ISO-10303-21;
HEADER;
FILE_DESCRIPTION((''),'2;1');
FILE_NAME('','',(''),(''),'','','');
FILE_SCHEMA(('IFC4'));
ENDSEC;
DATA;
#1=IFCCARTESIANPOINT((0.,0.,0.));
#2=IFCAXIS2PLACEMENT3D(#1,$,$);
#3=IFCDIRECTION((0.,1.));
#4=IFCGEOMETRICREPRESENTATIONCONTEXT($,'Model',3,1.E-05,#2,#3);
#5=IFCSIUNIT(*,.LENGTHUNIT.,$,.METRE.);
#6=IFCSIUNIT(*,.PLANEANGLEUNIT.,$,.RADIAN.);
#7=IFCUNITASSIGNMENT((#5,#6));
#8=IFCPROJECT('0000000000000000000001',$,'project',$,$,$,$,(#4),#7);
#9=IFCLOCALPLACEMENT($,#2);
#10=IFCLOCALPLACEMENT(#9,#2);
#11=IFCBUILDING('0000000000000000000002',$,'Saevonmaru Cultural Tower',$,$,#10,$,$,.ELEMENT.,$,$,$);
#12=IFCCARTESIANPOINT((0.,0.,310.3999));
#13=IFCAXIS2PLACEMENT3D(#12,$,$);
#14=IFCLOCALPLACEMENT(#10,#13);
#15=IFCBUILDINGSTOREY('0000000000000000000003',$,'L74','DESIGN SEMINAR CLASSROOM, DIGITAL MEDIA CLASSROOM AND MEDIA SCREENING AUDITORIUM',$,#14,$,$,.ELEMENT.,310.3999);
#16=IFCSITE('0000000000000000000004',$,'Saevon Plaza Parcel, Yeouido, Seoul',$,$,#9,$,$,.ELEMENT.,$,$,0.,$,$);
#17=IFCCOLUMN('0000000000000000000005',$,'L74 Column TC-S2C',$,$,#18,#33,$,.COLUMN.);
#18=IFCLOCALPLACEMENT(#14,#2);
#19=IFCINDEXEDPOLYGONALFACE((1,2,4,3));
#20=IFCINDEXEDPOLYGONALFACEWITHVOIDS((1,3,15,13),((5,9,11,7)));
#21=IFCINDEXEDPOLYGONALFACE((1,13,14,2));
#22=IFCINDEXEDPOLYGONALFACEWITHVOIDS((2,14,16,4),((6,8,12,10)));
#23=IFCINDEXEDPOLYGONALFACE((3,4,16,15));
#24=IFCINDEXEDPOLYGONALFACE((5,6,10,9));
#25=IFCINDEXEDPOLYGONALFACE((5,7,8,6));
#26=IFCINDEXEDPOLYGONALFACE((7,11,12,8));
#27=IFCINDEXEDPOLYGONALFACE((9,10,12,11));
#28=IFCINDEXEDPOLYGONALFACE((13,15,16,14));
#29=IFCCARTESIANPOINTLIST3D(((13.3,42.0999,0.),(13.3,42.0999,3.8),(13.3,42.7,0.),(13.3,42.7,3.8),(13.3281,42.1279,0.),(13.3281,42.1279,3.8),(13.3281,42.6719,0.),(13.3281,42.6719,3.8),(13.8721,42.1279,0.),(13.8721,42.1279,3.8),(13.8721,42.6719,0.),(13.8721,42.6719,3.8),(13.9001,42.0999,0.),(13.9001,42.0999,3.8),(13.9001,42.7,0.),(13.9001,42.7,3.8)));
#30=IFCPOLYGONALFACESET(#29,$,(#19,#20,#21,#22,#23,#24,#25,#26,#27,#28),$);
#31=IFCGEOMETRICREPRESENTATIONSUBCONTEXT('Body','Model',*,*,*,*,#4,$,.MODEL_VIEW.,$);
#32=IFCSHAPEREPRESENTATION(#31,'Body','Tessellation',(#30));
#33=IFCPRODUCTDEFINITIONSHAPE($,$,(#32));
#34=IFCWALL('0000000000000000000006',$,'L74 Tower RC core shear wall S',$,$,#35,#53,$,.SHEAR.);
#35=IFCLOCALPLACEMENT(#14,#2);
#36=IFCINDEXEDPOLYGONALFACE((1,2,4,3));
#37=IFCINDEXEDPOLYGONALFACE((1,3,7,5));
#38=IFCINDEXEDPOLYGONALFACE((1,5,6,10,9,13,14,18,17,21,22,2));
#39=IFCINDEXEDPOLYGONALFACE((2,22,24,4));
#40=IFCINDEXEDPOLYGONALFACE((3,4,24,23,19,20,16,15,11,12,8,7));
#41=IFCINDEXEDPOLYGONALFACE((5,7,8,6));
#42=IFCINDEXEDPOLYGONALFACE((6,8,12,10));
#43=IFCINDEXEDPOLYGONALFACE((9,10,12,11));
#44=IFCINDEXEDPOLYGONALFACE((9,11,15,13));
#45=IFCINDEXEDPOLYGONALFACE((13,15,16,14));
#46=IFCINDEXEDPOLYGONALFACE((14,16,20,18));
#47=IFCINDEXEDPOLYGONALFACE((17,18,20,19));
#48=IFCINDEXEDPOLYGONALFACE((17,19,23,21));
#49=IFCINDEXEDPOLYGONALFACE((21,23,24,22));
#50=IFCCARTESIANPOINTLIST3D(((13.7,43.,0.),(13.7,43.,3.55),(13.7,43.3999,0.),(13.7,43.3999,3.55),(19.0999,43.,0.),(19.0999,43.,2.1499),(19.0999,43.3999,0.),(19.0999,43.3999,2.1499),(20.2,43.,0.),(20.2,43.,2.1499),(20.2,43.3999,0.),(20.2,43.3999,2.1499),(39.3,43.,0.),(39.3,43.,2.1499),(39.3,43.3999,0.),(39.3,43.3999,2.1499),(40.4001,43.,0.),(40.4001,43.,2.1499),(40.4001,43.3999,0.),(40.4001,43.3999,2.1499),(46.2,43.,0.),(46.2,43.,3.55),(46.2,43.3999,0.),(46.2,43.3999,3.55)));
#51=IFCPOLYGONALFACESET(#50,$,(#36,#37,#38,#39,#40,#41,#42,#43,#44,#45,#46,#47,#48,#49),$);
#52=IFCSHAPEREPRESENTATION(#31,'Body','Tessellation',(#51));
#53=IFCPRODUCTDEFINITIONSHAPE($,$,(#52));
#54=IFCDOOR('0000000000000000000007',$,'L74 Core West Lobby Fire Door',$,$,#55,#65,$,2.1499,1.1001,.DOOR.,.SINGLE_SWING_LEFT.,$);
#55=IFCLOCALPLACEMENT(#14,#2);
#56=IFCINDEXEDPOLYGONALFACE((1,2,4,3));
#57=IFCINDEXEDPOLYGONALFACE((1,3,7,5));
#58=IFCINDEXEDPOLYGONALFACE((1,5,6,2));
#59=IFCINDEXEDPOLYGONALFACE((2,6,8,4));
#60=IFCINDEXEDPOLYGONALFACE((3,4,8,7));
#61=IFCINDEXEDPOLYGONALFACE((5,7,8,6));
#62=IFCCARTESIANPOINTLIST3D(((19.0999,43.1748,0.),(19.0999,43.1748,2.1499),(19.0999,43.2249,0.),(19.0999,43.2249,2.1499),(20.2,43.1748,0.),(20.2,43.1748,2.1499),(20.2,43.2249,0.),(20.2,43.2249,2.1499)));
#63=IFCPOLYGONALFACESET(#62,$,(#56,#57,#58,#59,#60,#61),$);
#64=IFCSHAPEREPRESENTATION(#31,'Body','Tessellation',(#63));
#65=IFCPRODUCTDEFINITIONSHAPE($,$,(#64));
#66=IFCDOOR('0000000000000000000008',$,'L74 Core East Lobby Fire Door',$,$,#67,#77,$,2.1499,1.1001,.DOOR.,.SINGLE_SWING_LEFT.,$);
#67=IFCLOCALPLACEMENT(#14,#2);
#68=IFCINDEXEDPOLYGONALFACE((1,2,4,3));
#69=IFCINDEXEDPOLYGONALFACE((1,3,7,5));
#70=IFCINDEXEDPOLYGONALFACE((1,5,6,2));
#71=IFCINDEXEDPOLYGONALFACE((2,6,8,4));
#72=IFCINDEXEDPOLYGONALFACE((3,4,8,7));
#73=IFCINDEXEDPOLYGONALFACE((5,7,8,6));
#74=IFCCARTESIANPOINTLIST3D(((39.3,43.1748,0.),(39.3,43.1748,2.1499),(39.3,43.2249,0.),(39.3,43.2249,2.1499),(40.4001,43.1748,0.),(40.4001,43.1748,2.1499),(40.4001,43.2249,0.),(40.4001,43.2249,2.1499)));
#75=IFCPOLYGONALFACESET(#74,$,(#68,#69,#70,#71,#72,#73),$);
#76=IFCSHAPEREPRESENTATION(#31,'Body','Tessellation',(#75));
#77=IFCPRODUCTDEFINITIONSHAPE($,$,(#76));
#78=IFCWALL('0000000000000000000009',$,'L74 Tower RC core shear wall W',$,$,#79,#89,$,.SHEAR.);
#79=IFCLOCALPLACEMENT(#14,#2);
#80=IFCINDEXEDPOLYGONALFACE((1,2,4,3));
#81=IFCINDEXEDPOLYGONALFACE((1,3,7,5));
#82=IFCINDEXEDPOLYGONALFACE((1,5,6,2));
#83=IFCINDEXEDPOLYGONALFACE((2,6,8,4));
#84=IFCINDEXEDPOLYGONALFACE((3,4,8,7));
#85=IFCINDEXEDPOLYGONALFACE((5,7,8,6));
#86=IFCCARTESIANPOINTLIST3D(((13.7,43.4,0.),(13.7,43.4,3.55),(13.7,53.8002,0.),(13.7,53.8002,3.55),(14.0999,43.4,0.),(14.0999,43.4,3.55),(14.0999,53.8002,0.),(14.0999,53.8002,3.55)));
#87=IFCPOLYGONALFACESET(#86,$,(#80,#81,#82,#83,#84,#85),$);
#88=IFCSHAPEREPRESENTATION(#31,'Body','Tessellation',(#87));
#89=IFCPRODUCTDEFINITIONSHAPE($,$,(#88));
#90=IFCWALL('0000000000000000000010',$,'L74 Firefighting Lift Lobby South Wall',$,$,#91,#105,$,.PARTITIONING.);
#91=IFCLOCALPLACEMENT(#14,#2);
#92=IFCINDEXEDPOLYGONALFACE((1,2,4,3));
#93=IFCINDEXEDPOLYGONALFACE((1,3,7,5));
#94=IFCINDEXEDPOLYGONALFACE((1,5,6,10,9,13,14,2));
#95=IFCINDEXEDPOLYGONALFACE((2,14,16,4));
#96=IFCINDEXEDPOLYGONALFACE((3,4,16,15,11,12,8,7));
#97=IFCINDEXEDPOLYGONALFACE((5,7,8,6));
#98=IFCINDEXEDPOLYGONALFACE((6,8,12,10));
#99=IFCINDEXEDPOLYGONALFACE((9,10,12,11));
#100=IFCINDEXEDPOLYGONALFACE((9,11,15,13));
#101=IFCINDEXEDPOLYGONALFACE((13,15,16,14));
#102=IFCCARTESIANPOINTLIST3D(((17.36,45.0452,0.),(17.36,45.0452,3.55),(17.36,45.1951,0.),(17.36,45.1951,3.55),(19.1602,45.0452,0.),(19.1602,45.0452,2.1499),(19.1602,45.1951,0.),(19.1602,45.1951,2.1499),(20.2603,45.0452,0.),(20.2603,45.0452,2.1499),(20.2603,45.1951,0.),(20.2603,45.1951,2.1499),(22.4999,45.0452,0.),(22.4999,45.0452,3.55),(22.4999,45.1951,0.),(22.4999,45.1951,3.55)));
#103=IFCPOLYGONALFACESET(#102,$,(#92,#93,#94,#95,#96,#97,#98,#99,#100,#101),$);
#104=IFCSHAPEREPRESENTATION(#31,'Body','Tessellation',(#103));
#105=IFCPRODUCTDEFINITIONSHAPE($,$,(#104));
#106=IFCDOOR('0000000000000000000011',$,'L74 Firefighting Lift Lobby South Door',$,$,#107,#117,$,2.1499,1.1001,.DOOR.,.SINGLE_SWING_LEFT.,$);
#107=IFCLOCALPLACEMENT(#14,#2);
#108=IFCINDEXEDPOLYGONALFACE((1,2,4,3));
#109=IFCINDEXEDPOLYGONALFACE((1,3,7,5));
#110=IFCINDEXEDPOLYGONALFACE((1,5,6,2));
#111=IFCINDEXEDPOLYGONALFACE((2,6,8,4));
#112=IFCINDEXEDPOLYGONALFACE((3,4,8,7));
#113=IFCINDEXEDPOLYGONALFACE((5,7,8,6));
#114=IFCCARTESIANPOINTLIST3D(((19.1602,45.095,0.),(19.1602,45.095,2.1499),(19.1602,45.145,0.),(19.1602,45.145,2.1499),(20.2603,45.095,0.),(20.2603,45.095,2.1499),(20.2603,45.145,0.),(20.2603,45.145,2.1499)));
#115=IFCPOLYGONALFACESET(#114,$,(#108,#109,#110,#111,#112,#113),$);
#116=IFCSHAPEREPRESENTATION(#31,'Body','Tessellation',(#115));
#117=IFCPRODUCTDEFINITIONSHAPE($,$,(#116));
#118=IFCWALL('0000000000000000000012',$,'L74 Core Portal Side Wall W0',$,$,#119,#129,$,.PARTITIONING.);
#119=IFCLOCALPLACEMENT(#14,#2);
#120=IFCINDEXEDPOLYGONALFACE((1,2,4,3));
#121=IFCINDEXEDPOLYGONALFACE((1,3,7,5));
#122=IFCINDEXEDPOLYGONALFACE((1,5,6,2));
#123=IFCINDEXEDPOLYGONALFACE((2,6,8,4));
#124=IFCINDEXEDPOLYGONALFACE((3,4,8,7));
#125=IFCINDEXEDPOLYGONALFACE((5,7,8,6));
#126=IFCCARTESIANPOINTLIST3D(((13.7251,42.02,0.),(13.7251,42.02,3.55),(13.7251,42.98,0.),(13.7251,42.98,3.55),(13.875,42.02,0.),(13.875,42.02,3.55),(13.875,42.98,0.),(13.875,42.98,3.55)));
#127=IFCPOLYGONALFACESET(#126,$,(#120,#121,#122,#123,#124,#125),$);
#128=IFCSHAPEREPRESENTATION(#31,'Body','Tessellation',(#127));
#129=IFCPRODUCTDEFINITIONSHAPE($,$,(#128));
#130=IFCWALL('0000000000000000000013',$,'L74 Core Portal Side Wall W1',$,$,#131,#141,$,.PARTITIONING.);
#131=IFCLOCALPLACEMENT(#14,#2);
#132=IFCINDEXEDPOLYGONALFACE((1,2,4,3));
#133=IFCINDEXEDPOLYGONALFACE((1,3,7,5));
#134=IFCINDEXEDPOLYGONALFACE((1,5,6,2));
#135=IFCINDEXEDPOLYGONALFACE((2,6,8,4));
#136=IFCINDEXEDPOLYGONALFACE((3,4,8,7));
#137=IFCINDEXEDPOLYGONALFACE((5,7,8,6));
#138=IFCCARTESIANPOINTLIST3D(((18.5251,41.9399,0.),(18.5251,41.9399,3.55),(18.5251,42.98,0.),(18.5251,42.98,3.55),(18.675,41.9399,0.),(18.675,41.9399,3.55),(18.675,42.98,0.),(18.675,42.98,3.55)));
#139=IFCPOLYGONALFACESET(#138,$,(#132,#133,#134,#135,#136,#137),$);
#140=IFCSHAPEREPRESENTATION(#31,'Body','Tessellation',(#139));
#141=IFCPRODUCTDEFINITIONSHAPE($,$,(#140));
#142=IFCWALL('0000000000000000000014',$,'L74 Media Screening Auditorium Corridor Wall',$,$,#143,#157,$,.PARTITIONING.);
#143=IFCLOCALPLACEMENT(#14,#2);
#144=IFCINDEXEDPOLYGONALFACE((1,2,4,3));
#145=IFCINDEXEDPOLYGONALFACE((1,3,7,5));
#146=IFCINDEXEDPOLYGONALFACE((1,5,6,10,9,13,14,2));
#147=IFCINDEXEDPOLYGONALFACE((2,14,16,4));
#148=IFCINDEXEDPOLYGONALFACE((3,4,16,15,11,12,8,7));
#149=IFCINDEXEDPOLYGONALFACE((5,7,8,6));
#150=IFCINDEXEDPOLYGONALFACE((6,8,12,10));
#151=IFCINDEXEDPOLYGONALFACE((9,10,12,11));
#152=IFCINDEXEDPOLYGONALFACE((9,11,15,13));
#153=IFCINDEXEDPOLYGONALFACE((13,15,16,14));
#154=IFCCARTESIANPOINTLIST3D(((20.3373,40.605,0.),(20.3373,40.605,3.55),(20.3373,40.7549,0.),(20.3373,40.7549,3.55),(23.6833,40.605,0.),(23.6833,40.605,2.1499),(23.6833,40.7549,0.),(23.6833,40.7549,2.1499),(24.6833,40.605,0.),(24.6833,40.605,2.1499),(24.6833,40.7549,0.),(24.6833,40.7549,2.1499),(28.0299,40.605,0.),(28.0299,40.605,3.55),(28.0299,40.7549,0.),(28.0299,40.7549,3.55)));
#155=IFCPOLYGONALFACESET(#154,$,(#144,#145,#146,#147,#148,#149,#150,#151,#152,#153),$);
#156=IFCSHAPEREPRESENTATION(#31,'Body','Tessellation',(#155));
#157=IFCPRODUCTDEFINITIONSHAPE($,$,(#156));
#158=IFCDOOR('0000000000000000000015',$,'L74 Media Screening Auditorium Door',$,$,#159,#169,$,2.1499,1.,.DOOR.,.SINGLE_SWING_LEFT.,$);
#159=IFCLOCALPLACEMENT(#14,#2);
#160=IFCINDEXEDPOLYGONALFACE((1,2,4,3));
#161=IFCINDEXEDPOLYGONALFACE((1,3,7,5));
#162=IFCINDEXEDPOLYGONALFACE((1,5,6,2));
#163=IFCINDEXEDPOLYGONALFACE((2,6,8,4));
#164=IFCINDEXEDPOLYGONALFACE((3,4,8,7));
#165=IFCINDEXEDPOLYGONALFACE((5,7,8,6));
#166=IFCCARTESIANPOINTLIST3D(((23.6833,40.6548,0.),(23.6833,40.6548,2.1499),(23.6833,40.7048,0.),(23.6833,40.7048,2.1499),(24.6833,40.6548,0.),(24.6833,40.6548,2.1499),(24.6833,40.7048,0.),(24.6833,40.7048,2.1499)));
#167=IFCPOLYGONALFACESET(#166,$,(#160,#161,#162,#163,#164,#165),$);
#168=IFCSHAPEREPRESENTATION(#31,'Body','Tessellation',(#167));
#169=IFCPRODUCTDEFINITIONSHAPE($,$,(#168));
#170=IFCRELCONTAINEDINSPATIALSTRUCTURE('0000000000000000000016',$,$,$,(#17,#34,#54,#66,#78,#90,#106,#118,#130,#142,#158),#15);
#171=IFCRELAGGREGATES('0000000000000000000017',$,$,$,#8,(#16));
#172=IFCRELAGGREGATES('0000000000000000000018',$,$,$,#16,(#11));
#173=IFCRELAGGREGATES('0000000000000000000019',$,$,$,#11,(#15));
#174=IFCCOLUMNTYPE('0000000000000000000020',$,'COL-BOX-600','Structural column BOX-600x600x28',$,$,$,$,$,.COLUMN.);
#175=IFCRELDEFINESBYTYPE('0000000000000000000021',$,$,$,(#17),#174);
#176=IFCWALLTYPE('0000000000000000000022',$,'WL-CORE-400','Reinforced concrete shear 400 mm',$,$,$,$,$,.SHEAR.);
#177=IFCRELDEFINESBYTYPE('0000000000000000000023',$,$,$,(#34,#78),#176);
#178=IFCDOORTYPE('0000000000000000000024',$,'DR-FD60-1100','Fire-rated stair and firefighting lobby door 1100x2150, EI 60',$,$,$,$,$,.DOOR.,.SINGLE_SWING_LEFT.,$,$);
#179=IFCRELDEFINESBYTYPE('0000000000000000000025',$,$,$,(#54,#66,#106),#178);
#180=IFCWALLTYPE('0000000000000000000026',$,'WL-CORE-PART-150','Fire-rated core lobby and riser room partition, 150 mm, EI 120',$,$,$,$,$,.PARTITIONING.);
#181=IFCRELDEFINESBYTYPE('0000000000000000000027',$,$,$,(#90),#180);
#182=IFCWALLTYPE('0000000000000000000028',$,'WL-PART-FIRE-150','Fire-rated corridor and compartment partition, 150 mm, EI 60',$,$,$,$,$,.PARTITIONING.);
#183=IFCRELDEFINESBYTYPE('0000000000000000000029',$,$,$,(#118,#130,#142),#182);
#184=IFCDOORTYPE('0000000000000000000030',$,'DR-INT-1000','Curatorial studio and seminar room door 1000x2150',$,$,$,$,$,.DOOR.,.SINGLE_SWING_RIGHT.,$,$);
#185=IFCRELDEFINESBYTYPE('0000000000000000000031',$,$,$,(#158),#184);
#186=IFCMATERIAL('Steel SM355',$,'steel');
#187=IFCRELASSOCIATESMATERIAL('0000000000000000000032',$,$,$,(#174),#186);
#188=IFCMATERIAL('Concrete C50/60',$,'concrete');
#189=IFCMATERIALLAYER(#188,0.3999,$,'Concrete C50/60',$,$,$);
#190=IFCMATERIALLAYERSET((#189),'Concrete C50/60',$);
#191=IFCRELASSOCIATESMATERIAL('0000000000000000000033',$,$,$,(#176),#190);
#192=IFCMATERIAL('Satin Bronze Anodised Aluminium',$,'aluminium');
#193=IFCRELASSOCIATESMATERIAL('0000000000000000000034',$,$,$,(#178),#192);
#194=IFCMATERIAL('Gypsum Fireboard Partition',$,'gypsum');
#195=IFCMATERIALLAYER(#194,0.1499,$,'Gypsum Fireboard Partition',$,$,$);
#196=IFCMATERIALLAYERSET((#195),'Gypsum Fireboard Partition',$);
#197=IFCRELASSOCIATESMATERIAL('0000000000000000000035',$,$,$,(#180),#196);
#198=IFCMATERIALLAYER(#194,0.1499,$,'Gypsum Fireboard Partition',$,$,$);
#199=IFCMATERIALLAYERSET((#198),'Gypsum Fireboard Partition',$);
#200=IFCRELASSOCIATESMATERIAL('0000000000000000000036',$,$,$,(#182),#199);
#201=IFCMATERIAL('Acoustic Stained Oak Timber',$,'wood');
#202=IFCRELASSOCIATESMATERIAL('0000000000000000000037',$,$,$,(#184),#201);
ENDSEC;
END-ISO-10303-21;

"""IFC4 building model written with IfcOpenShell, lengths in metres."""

from ifc_helpers import new_model, si_unit, direction, frame, frame_2d, origin, origin_2d, place, context, subcontext, project, spatial, rectangle, hollow_rectangle, extrude, material, layer, layer_set, material_profile, profile_set, type_object, element, fill, save


model = new_model("IFC4")

# Units and contexts
model_context = context("Model", 3, precision=1e-05, world=origin(), true_north=direction((0.0, 1.0)))
body_context = subcontext(model_context, "Body", "Model", "MODEL_VIEW")
ifc_project = project(units=[si_unit("LENGTHUNIT", "METRE"), si_unit("PLANEANGLEUNIT", "RADIAN")], contexts=[model_context])

# Site, building, storey
site_placement = place(None, origin())
site = spatial("IfcSite", under=ifc_project, at=site_placement, Name="Saevon Plaza Parcel, Yeouido, Seoul", CompositionType="ELEMENT", RefElevation=0.0)
building_placement = place(site_placement, origin())
building = spatial("IfcBuilding", under=site, at=building_placement, Name="Saevonmaru Cultural Tower", CompositionType="ELEMENT")
storey_placement = place(building_placement, frame((0.0, 0.0, 310.3999)))
storey = spatial("IfcBuildingStorey", under=building, at=storey_placement, Name="L74", Description="DESIGN SEMINAR CLASSROOM, DIGITAL MEDIA CLASSROOM AND MEDIA SCREENING AUDITORIUM", CompositionType="ELEMENT", Elevation=310.3999)

# Column
ifc_material_1 = material(Name="Steel SM355", Category="steel")
ifc_material_profile = material_profile(ifc_material_1, hollow_rectangle(XDim=0.6001, YDim=0.6001, WallThickness=0.0281, at=origin_2d()), Name="BOX-600x600x28")
ifc_profile_set = profile_set([ifc_material_profile], Name="Steel SM355")
column_type = type_object("IfcColumnType", Name="COL-BOX-600", Description="Structural column BOX-600x600x28", PredefinedType="COLUMN", material=ifc_profile_set)
column_placement = place(storey_placement, frame((13.6001, 42.3999, 0.0), z_axis=(0.0, 0.0, 1.0), x_axis=(1.0, 0.0, 0.0)))
element("IfcColumn", 1, at=column_placement, inside=storey, type_object=column_type, Name="L74 Column TC-S2C", PredefinedType="COLUMN", context=body_context, shape_type="SweptSolid", body=[
    extrude(hollow_rectangle(XDim=0.6001, YDim=0.6001, WallThickness=0.0281, at=origin_2d()), origin(), (0.0, 0.0, 1.0), 3.8),
])

# Wall, openings, doors
ifc_material_2 = material(Name="Concrete C50/60", Category="concrete")
ifc_layer_1 = layer(ifc_material_2, 0.3999, Name="Concrete C50/60")
ifc_layer_set_1 = layer_set([ifc_layer_1], Name="Concrete C50/60")
wall_type_1 = type_object("IfcWallType", Name="WL-CORE-400", Description="Reinforced concrete shear 400 mm", PredefinedType="SHEAR", material=ifc_layer_set_1)
wall_1_placement = place(storey_placement, frame((13.7, 43.2, 0.0), z_axis=(0.0, 0.0, 1.0), x_axis=(1.0, 0.0, 0.0)))
wall_1 = element("IfcWall", 2, at=wall_1_placement, inside=storey, type_object=wall_type_1, Name="L74 Tower RC core shear wall S", PredefinedType="SHEAR", context=body_context, shape_type="SweptSolid", body=[
    extrude(rectangle(XDim=32.5, YDim=0.3999, at=frame_2d((16.25, 0.0))), origin(), (0.0, 0.0, 1.0), 3.55),
])
opening_1_placement = place(wall_1_placement, frame((5.3999, 0.0, 0.0)))
opening_1 = element("IfcOpeningElement", 3, at=opening_1_placement, cuts=wall_1, PredefinedType="OPENING", context=body_context, shape_type="SweptSolid", body=[
    extrude(rectangle(XDim=1.1001, YDim=2.1499, at=frame_2d((0.55, 1.075))), frame((0.0, 0.21, 0.0), z_axis=(0.0, -1.0, 0.0), x_axis=(1.0, 0.0, 0.0)), (0.0, 0.0, 1.0), 0.4199),
])
opening_2_placement = place(wall_1_placement, frame((25.6001, 0.0, 0.0)))
opening_2 = element("IfcOpeningElement", 4, at=opening_2_placement, cuts=wall_1, PredefinedType="OPENING", context=body_context, shape_type="SweptSolid", body=[
    extrude(rectangle(XDim=1.1001, YDim=2.1499, at=frame_2d((0.55, 1.075))), frame((0.0, 0.21, 0.0), z_axis=(0.0, -1.0, 0.0), x_axis=(1.0, 0.0, 0.0)), (0.0, 0.0, 1.0), 0.4199),
])
ifc_material_3 = material(Name="Satin Bronze Anodised Aluminium", Category="aluminium")
door_type_1 = type_object("IfcDoorType", Name="DR-FD60-1100", Description="Fire-rated stair and firefighting lobby door 1100x2150, EI 60", OperationType="SINGLE_SWING_LEFT", PredefinedType="DOOR", material=ifc_material_3)
door_1_placement = place(opening_1_placement, origin())
door_1 = element("IfcDoor", 5, at=door_1_placement, inside=storey, type_object=door_type_1, Name="L74 Core West Lobby Fire Door", OperationType="SINGLE_SWING_LEFT", OverallHeight=2.1499, OverallWidth=1.1001, PredefinedType="DOOR", context=body_context, shape_type="SweptSolid", body=[
    extrude(rectangle(XDim=1.1001, YDim=2.1499, at=frame_2d((0.55, 1.075))), frame((0.0, 0.0249, 0.0), z_axis=(0.0, -1.0, 0.0), x_axis=(1.0, 0.0, 0.0)), (0.0, 0.0, 1.0), 0.05),
])
fill(opening_1, door_1)
door_2_placement = place(opening_2_placement, origin())
door_2 = element("IfcDoor", 6, at=door_2_placement, inside=storey, type_object=door_type_1, Name="L74 Core East Lobby Fire Door", OperationType="SINGLE_SWING_LEFT", OverallHeight=2.1499, OverallWidth=1.1001, PredefinedType="DOOR", context=body_context, shape_type="SweptSolid", body=[
    extrude(rectangle(XDim=1.1001, YDim=2.1499, at=frame_2d((0.55, 1.075))), frame((0.0, 0.0249, 0.0), z_axis=(0.0, -1.0, 0.0), x_axis=(1.0, 0.0, 0.0)), (0.0, 0.0, 1.0), 0.05),
])
fill(opening_2, door_2)

# Wall
wall_2_placement = place(storey_placement, frame((13.8999, 43.3999, 0.0), z_axis=(0.0, 0.0, 1.0), x_axis=(0.0, 1.0, 0.0)))
element("IfcWall", 7, at=wall_2_placement, inside=storey, type_object=wall_type_1, Name="L74 Tower RC core shear wall W", PredefinedType="SHEAR", context=body_context, shape_type="SweptSolid", body=[
    extrude(rectangle(XDim=10.4001, YDim=0.3999, at=frame_2d((5.2002, 0.0))), origin(), (0.0, 0.0, 1.0), 3.55),
])

# Wall, opening, door
ifc_material_4 = material(Name="Gypsum Fireboard Partition", Category="gypsum")
ifc_layer_2 = layer(ifc_material_4, 0.1499, Name="Gypsum Fireboard Partition")
ifc_layer_set_2 = layer_set([ifc_layer_2], Name="Gypsum Fireboard Partition")
wall_type_2 = type_object("IfcWallType", Name="WL-CORE-PART-150", Description="Fire-rated core lobby and riser room partition, 150 mm, EI 120", PredefinedType="PARTITIONING", material=ifc_layer_set_2)
wall_3_placement = place(storey_placement, frame((17.3601, 45.1201, 0.0), z_axis=(0.0, 0.0, 1.0), x_axis=(1.0, 0.0, 0.0)))
wall_3 = element("IfcWall", 8, at=wall_3_placement, inside=storey, type_object=wall_type_2, Name="L74 Firefighting Lift Lobby South Wall", PredefinedType="PARTITIONING", context=body_context, shape_type="SweptSolid", body=[
    extrude(rectangle(XDim=5.1399, YDim=0.1499, at=frame_2d((2.5698, 0.0))), origin(), (0.0, 0.0, 1.0), 3.55),
])
opening_3_placement = place(wall_3_placement, frame((1.8, 0.0, 0.0)))
opening_3 = element("IfcOpeningElement", 9, at=opening_3_placement, cuts=wall_3, PredefinedType="OPENING", context=body_context, shape_type="SweptSolid", body=[
    extrude(rectangle(XDim=1.1001, YDim=2.1499, at=frame_2d((0.55, 1.075))), frame((0.0, 0.085, 0.0), z_axis=(0.0, -1.0, 0.0), x_axis=(1.0, 0.0, 0.0)), (0.0, 0.0, 1.0), 0.1699),
])
door_3_placement = place(opening_3_placement, origin())
door_3 = element("IfcDoor", 10, at=door_3_placement, inside=storey, type_object=door_type_1, Name="L74 Firefighting Lift Lobby South Door", OperationType="SINGLE_SWING_LEFT", OverallHeight=2.1499, OverallWidth=1.1001, PredefinedType="DOOR", context=body_context, shape_type="SweptSolid", body=[
    extrude(rectangle(XDim=1.1001, YDim=2.1499, at=frame_2d((0.55, 1.075))), frame((0.0, 0.0249, 0.0), z_axis=(0.0, -1.0, 0.0), x_axis=(1.0, 0.0, 0.0)), (0.0, 0.0, 1.0), 0.05),
])
fill(opening_3, door_3)

# Walls
ifc_layer_3 = layer(ifc_material_4, 0.1499, Name="Gypsum Fireboard Partition")
ifc_layer_set_3 = layer_set([ifc_layer_3], Name="Gypsum Fireboard Partition")
wall_type_3 = type_object("IfcWallType", Name="WL-PART-FIRE-150", Description="Fire-rated corridor and compartment partition, 150 mm, EI 60", PredefinedType="PARTITIONING", material=ifc_layer_set_3)
wall_4_placement = place(storey_placement, frame((13.8, 42.02, 0.0), z_axis=(0.0, 0.0, 1.0), x_axis=(0.0, 1.0, 0.0)))
element("IfcWall", 11, at=wall_4_placement, inside=storey, type_object=wall_type_3, Name="L74 Core Portal Side Wall W0", PredefinedType="PARTITIONING", context=body_context, shape_type="SweptSolid", body=[
    extrude(rectangle(XDim=0.96, YDim=0.1499, at=frame_2d((0.48, 0.0))), origin(), (0.0, 0.0, 1.0), 3.55),
])
wall_5_placement = place(storey_placement, frame((18.6001, 41.9399, 0.0), z_axis=(0.0, 0.0, 1.0), x_axis=(0.0, 1.0, 0.0)))
element("IfcWall", 12, at=wall_5_placement, inside=storey, type_object=wall_type_3, Name="L74 Core Portal Side Wall W1", PredefinedType="PARTITIONING", context=body_context, shape_type="SweptSolid", body=[
    extrude(rectangle(XDim=1.04, YDim=0.1499, at=frame_2d((0.52, 0.0))), origin(), (0.0, 0.0, 1.0), 3.55),
])

# Wall, opening, door
wall_6_placement = place(storey_placement, frame((20.3374, 40.6799, 0.0), z_axis=(0.0, 0.0, 1.0), x_axis=(1.0, 0.0, 0.0)))
wall_6 = element("IfcWall", 13, at=wall_6_placement, inside=storey, type_object=wall_type_3, Name="L74 Media Screening Auditorium Corridor Wall", PredefinedType="PARTITIONING", context=body_context, shape_type="SweptSolid", body=[
    extrude(rectangle(XDim=7.6926, YDim=0.1499, at=frame_2d((3.8462, 0.0))), origin(), (0.0, 0.0, 1.0), 3.55),
])
opening_4_placement = place(wall_6_placement, frame((3.3459, 0.0, 0.0)))
opening_4 = element("IfcOpeningElement", 14, at=opening_4_placement, cuts=wall_6, PredefinedType="OPENING", context=body_context, shape_type="SweptSolid", body=[
    extrude(rectangle(XDim=1.0, YDim=2.1499, at=frame_2d((0.5, 1.075))), frame((0.0, 0.085, 0.0), z_axis=(0.0, -1.0, 0.0), x_axis=(1.0, 0.0, 0.0)), (0.0, 0.0, 1.0), 0.1699),
])
ifc_material_5 = material(Name="Acoustic Stained Oak Timber", Category="wood")
door_type_2 = type_object("IfcDoorType", Name="DR-INT-1000", Description="Curatorial studio and seminar room door 1000x2150", OperationType="SINGLE_SWING_RIGHT", PredefinedType="DOOR", material=ifc_material_5)
door_4_placement = place(opening_4_placement, origin())
door_4 = element("IfcDoor", 15, at=door_4_placement, inside=storey, type_object=door_type_2, Name="L74 Media Screening Auditorium Door", OperationType="SINGLE_SWING_LEFT", OverallHeight=2.1499, OverallWidth=1.0, PredefinedType="DOOR", context=body_context, shape_type="SweptSolid", body=[
    extrude(rectangle(XDim=1.0, YDim=2.1499, at=frame_2d((0.5, 1.075))), frame((0.0, 0.0249, 0.0), z_axis=(0.0, -1.0, 0.0), x_axis=(1.0, 0.0, 0.0)), (0.0, 0.0, 1.0), 0.05),
])
fill(opening_4, door_4)

save(model, "model.ifc")
